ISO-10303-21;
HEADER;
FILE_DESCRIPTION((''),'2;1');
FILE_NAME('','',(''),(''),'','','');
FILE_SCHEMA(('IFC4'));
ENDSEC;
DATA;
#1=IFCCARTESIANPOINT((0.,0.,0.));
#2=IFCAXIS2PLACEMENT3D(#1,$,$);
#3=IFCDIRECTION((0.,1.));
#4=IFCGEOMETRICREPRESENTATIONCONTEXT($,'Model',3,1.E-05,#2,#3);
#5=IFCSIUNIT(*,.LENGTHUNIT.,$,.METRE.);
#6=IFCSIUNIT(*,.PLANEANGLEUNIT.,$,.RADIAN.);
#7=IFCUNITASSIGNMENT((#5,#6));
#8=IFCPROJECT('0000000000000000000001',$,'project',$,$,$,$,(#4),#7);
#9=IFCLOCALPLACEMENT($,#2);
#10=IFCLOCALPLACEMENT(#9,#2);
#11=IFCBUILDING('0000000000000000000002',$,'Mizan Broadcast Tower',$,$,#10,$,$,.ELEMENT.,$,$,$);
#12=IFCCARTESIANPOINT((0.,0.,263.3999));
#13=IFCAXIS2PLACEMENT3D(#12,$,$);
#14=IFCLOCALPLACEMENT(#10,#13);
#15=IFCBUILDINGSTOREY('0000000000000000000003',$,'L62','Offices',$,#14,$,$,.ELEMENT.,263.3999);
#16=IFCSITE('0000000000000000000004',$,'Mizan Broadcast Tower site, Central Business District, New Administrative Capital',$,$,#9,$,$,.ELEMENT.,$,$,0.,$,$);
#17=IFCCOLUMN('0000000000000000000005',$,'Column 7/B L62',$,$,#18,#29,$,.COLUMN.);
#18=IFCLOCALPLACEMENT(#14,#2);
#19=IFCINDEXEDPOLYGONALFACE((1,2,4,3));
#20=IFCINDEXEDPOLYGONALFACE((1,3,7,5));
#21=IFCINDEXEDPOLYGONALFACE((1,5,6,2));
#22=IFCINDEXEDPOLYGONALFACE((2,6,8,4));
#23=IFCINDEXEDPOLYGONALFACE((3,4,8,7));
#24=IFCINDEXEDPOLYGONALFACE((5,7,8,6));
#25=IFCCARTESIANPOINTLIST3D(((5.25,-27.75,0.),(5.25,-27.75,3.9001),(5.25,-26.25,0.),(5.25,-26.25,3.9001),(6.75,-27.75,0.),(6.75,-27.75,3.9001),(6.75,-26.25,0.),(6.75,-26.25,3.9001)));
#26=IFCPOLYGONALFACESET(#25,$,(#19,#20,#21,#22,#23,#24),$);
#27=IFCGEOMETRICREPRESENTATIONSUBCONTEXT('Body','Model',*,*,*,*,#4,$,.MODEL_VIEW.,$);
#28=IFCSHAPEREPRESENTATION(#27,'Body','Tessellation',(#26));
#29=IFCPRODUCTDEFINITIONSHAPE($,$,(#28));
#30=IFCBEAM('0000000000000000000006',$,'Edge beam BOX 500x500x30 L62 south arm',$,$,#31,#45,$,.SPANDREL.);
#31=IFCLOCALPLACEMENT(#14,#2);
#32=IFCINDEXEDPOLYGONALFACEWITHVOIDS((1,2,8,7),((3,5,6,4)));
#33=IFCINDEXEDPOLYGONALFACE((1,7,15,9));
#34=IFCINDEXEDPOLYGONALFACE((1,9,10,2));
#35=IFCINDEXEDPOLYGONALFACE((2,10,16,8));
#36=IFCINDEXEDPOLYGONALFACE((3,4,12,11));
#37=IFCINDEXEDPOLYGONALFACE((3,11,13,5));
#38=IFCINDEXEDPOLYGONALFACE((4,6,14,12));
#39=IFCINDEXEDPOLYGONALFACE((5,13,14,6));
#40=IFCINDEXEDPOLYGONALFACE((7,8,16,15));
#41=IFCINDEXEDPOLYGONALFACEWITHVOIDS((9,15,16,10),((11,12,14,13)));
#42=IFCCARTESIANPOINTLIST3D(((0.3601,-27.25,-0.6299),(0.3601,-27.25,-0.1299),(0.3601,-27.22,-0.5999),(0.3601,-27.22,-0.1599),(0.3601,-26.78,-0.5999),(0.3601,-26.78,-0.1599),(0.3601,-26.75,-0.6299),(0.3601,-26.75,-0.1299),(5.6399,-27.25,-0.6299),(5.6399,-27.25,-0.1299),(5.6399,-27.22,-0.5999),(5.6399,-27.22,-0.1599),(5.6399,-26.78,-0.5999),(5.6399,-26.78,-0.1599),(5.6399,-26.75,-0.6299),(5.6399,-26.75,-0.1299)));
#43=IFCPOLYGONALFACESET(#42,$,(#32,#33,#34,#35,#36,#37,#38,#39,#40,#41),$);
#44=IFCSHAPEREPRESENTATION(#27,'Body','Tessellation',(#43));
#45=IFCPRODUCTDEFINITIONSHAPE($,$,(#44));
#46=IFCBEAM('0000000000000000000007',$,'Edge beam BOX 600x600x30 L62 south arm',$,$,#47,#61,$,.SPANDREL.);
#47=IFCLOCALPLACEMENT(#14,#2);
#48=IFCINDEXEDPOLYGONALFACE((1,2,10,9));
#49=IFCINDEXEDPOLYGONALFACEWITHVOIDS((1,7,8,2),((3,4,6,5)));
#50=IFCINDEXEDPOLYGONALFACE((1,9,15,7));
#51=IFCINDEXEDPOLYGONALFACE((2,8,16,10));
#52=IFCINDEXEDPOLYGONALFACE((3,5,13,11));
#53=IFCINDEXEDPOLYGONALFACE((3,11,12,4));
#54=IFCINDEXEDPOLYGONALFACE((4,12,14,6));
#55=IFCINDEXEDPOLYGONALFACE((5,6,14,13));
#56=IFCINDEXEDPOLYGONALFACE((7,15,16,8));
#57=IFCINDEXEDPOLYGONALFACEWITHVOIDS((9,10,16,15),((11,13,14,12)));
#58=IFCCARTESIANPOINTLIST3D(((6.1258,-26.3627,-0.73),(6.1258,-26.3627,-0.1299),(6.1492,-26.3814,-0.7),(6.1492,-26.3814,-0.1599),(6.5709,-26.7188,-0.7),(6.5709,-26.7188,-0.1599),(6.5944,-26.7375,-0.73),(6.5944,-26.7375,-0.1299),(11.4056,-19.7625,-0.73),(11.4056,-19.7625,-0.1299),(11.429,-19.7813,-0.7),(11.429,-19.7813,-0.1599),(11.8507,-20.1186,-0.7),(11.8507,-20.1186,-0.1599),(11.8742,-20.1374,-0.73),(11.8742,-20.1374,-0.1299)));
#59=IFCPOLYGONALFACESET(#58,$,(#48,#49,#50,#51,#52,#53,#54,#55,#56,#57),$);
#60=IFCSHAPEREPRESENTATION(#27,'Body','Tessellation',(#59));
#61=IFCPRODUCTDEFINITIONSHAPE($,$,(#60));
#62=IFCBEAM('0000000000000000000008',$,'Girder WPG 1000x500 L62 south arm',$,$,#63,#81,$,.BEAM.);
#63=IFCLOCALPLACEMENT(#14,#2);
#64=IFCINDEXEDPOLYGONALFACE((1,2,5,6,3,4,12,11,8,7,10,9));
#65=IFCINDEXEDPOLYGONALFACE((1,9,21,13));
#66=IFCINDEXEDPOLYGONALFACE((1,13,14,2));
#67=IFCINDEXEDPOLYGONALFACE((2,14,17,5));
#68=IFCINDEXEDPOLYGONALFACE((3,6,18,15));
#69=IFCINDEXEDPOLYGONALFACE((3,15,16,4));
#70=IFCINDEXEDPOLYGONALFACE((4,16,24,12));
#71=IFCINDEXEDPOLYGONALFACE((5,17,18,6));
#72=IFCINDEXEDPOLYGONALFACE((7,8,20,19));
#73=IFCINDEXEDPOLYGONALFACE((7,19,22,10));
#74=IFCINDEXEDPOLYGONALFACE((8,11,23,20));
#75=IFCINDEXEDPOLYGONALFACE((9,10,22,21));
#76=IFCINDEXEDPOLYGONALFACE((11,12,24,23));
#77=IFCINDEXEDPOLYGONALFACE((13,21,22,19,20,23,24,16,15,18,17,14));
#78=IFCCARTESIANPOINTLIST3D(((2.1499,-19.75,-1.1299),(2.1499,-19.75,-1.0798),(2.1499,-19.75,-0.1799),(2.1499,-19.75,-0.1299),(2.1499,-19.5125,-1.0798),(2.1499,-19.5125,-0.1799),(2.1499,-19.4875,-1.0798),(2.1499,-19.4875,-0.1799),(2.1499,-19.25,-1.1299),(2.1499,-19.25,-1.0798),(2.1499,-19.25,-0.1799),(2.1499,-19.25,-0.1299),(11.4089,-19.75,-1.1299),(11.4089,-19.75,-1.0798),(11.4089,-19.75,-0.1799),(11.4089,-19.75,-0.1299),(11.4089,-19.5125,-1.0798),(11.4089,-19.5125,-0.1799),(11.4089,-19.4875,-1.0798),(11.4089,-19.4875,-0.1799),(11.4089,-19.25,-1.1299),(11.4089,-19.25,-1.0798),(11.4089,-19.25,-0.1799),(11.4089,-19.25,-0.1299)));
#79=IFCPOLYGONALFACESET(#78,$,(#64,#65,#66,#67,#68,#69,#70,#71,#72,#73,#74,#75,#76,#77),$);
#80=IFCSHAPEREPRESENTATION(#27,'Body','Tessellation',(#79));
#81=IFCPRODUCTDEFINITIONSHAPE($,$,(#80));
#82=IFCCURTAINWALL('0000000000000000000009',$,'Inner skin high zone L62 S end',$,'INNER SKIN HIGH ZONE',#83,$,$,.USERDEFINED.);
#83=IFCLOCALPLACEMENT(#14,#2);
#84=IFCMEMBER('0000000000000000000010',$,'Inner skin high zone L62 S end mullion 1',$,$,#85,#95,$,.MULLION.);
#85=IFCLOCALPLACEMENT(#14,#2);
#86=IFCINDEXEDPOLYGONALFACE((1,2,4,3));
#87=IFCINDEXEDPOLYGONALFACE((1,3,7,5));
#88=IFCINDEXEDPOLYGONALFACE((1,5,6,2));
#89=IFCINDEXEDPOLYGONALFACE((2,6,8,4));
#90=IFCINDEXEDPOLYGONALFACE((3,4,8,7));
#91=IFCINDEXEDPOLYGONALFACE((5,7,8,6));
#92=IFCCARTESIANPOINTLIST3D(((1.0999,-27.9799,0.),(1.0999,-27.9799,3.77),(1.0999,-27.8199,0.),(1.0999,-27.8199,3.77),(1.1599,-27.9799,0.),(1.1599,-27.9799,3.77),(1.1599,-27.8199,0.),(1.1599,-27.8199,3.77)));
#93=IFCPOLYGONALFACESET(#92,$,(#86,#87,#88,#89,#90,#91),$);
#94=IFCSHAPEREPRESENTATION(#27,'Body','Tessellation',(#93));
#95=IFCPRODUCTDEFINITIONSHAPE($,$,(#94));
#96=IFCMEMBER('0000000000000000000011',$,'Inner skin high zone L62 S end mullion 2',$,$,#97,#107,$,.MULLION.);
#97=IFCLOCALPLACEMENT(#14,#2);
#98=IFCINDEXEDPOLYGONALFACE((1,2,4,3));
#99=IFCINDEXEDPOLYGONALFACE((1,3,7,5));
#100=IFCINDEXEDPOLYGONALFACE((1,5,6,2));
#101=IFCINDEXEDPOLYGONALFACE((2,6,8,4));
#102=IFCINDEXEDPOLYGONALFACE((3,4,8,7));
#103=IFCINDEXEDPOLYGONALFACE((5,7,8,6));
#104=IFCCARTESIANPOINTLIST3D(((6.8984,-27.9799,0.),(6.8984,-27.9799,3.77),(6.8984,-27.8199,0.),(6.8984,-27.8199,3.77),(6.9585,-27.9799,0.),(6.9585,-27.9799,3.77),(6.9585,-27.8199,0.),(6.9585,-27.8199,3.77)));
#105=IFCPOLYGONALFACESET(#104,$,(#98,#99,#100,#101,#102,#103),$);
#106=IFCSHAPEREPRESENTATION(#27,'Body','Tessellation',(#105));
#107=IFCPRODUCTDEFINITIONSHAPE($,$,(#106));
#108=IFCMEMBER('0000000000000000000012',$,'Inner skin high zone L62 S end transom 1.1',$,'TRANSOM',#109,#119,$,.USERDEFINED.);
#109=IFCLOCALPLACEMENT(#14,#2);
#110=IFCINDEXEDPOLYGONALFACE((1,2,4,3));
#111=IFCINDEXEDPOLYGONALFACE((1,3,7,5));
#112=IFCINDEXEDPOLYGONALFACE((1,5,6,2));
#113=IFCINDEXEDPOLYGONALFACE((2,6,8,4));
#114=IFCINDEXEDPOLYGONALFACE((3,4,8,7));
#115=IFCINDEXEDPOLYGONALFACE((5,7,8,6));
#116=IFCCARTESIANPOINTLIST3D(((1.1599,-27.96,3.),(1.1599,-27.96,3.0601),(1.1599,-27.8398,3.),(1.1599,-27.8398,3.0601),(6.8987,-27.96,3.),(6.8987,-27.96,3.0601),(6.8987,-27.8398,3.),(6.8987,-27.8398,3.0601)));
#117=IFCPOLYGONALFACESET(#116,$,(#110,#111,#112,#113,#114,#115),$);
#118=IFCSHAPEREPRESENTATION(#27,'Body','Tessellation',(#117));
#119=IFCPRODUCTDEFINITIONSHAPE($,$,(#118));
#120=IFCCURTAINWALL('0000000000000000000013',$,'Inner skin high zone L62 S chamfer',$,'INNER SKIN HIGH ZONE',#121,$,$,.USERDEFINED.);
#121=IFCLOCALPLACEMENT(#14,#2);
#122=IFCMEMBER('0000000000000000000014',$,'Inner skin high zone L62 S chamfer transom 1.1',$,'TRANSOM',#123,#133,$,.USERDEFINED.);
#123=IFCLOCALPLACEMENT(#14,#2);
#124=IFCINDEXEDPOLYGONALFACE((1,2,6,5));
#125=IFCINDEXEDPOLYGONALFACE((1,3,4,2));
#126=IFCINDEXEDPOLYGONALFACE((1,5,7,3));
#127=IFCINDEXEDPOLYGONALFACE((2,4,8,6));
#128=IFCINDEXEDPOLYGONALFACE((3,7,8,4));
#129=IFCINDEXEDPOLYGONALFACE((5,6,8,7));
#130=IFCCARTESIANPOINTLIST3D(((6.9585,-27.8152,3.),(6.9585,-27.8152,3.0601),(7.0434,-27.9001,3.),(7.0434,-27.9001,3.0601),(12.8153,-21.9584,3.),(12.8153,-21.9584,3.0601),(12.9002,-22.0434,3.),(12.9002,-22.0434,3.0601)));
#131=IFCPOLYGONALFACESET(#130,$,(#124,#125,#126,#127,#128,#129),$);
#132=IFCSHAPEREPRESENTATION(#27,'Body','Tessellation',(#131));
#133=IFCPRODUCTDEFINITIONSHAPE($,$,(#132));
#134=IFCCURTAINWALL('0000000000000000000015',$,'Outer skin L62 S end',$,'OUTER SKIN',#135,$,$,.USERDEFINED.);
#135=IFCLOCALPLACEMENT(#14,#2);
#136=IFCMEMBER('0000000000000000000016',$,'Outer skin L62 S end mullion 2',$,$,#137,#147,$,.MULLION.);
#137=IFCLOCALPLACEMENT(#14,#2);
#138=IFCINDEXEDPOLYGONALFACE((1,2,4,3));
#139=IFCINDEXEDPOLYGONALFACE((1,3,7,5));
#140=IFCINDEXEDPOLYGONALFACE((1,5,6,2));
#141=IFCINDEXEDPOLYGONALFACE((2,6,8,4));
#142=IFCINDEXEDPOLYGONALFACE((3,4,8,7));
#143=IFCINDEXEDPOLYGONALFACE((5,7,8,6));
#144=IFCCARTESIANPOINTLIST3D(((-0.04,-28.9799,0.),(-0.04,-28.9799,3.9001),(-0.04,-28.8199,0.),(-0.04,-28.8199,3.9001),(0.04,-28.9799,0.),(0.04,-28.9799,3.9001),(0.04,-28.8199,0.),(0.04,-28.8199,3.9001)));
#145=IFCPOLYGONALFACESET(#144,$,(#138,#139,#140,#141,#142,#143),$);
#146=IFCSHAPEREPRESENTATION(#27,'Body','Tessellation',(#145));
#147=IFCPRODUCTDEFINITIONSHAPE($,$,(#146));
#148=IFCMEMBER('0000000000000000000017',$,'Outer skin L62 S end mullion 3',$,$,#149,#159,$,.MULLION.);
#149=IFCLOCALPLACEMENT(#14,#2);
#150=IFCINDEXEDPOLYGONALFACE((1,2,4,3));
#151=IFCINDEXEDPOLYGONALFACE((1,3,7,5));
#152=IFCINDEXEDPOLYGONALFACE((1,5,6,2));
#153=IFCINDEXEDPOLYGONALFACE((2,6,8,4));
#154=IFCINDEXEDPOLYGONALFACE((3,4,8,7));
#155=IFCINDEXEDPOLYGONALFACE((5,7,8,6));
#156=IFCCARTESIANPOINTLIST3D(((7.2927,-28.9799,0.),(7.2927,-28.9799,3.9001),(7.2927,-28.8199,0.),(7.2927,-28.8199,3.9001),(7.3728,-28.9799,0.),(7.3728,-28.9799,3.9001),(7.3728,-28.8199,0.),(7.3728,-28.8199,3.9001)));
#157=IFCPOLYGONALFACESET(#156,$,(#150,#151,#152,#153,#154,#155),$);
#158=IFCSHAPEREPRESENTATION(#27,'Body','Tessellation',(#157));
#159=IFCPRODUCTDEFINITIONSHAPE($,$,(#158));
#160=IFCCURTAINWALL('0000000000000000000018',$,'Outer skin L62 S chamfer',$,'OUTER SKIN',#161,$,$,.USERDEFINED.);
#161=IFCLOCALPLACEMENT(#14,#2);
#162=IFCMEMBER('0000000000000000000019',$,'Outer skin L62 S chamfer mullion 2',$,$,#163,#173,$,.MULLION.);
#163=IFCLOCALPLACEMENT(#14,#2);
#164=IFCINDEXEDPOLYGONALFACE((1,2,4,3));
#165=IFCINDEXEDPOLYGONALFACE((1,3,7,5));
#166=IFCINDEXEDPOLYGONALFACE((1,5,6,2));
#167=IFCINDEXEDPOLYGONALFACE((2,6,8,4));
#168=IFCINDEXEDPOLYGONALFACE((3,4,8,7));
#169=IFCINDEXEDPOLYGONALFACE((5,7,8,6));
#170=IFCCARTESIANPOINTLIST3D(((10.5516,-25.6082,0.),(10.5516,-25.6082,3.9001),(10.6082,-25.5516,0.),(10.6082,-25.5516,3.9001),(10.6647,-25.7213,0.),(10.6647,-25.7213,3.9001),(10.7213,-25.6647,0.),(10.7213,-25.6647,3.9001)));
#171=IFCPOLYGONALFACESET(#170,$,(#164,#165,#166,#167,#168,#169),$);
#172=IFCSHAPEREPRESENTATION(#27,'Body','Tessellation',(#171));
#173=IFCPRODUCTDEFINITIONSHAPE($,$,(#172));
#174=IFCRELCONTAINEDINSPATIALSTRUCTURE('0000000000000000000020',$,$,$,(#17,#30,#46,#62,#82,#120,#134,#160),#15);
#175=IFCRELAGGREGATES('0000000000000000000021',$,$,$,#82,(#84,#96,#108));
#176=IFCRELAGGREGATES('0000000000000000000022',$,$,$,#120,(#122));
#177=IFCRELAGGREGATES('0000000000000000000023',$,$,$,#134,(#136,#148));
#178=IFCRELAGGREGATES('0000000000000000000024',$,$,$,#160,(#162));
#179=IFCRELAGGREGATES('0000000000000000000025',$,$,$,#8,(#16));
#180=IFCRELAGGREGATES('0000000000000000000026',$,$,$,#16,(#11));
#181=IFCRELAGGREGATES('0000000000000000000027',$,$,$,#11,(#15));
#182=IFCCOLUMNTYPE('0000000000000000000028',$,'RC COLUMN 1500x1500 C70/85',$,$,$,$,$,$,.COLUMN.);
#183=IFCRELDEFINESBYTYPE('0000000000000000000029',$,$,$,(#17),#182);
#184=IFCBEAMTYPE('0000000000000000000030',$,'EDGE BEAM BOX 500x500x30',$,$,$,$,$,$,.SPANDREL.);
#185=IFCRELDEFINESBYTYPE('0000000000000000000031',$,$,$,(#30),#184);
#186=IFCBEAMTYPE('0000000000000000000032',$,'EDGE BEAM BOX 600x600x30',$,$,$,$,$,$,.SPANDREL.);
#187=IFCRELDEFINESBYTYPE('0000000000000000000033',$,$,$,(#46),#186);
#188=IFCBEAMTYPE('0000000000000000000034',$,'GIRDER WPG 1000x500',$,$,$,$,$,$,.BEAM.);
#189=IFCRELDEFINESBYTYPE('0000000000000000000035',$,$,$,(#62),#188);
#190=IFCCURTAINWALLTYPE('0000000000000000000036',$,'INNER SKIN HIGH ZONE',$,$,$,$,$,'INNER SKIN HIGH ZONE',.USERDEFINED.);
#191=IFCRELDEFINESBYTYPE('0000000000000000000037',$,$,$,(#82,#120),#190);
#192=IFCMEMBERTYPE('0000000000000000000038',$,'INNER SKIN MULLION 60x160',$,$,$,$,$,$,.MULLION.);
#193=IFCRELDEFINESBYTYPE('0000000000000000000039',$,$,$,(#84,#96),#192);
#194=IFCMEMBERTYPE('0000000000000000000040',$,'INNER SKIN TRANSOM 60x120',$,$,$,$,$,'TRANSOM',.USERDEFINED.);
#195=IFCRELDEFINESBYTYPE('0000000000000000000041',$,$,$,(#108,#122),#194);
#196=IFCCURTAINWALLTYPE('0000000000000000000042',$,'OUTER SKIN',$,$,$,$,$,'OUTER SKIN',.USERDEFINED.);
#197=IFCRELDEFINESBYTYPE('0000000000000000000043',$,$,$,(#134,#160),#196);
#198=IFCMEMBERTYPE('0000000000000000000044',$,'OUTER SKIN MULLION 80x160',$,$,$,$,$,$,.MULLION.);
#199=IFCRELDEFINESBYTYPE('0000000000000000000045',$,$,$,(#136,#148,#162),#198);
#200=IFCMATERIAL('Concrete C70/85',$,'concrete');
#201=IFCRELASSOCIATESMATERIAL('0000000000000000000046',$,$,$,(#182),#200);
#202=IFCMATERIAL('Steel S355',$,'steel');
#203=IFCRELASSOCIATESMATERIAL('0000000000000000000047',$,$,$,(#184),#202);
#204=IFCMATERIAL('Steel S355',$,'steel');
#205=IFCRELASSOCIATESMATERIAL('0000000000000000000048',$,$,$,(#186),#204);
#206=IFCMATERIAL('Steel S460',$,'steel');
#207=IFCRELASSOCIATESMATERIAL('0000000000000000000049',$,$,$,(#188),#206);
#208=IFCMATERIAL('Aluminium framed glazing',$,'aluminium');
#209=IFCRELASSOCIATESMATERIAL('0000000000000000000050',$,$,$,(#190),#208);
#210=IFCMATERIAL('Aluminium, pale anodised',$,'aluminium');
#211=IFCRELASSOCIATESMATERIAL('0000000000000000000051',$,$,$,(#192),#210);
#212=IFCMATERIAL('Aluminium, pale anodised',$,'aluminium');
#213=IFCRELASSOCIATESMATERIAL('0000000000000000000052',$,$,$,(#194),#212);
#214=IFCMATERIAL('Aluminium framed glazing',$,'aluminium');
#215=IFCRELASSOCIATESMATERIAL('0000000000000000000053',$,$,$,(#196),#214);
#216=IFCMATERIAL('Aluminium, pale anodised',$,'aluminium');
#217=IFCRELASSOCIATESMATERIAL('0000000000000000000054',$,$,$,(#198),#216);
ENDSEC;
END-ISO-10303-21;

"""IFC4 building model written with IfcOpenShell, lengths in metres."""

from ifc_helpers import new_model, si_unit, direction, frame, origin, origin_2d, place, context, subcontext, project, spatial, rectangle, hollow_rectangle, i_section, extrude, material, material_profile, profile_set, type_object, element, aggregate, save


model = new_model("IFC4")

# Units and contexts
model_context = context("Model", 3, precision=1e-05, world=origin(), true_north=direction((0.0, 1.0)))
body_context = subcontext(model_context, "Body", "Model", "MODEL_VIEW")
ifc_project = project(units=[si_unit("LENGTHUNIT", "METRE"), si_unit("PLANEANGLEUNIT", "RADIAN")], contexts=[model_context])

# Site, building, storey
site_placement = place(None, origin())
site = spatial("IfcSite", under=ifc_project, at=site_placement, Name="Mizan Broadcast Tower site, Central Business District, New Administrative Capital", CompositionType="ELEMENT", RefElevation=0.0)
building_placement = place(site_placement, origin())
building = spatial("IfcBuilding", under=site, at=building_placement, Name="Mizan Broadcast Tower", CompositionType="ELEMENT")
storey_placement = place(building_placement, frame((0.0, 0.0, 263.3999)))
storey = spatial("IfcBuildingStorey", under=building, at=storey_placement, Name="L62", Description="Offices", CompositionType="ELEMENT", Elevation=263.3999)

# Column
ifc_material_1 = material(Name="Concrete C70/85", Category="concrete")
ifc_material_profile_1 = material_profile(ifc_material_1, rectangle(XDim=1.5, YDim=1.5, at=origin_2d()), Name="RC 1500x1500")
ifc_profile_set_1 = profile_set([ifc_material_profile_1], Name="Concrete C70/85")
column_type = type_object("IfcColumnType", Name="RC COLUMN 1500x1500 C70/85", PredefinedType="COLUMN", material=ifc_profile_set_1)
column_placement = place(storey_placement, frame((6.0, -27.0, 0.0), z_axis=(0.0, 0.0, 1.0), x_axis=(1.0, 0.0, 0.0)))
element("IfcColumn", 1, at=column_placement, inside=storey, type_object=column_type, Name="Column 7/B L62", PredefinedType="COLUMN", context=body_context, shape_type="SweptSolid", body=[
    extrude(rectangle(XDim=1.5, YDim=1.5, at=origin_2d()), origin(), (0.0, 0.0, 1.0), 3.9001),
])

# Beams
ifc_material_2 = material(Name="Steel S355", Category="steel")
ifc_material_profile_2 = material_profile(ifc_material_2, hollow_rectangle(XDim=0.5, YDim=0.5, WallThickness=0.03, at=origin_2d()), Name="BOX 500x500x30")
ifc_profile_set_2 = profile_set([ifc_material_profile_2], Name="Steel S355")
beam_type_1 = type_object("IfcBeamType", Name="EDGE BEAM BOX 500x500x30", PredefinedType="SPANDREL", material=ifc_profile_set_2)
beam_1_placement = place(storey_placement, frame((5.6399, -27.0, -0.3799), z_axis=(-1.0, 0.0, 0.0), x_axis=(0.0, -1.0, 0.0)))
element("IfcBeam", 2, at=beam_1_placement, inside=storey, type_object=beam_type_1, Name="Edge beam BOX 500x500x30 L62 south arm", PredefinedType="SPANDREL", context=body_context, shape_type="SweptSolid", body=[
    extrude(hollow_rectangle(XDim=0.5, YDim=0.5, WallThickness=0.03, at=origin_2d()), origin(), (0.0, 0.0, 1.0), 5.2798),
])
ifc_material_3 = material(Name="Steel S355", Category="steel")
ifc_material_profile_3 = material_profile(ifc_material_3, hollow_rectangle(XDim=0.6001, YDim=0.6001, WallThickness=0.03, at=origin_2d()), Name="BOX 600x600x30")
ifc_profile_set_3 = profile_set([ifc_material_profile_3], Name="Steel S355")
beam_type_2 = type_object("IfcBeamType", Name="EDGE BEAM BOX 600x600x30", PredefinedType="SPANDREL", material=ifc_profile_set_3)
beam_2_placement = place(storey_placement, frame((11.6399, -19.95, -0.4299), z_axis=(-0.624674, -0.780886, 0.0), x_axis=(0.780886, -0.624674, 0.0)))
element("IfcBeam", 3, at=beam_2_placement, inside=storey, type_object=beam_type_2, Name="Edge beam BOX 600x600x30 L62 south arm", PredefinedType="SPANDREL", context=body_context, shape_type="SweptSolid", body=[
    extrude(hollow_rectangle(XDim=0.6001, YDim=0.6001, WallThickness=0.03, at=origin_2d()), origin(), (0.0, 0.0, 1.0), 8.4521),
])
ifc_material_4 = material(Name="Steel S460", Category="steel")
ifc_material_profile_4 = material_profile(ifc_material_4, i_section(OverallWidth=0.5, OverallDepth=1.0, WebThickness=0.0249, FlangeThickness=0.05, at=origin_2d()), Name="WPG 1000x500")
ifc_profile_set_4 = profile_set([ifc_material_profile_4], Name="Steel S460")
beam_type_3 = type_object("IfcBeamType", Name="GIRDER WPG 1000x500", PredefinedType="BEAM", material=ifc_profile_set_4)
beam_3_placement = place(storey_placement, frame((11.4089, -19.5, -0.6299), z_axis=(-1.0, 0.0, 0.0), x_axis=(0.0, -1.0, 0.0)))
element("IfcBeam", 4, at=beam_3_placement, inside=storey, type_object=beam_type_3, Name="Girder WPG 1000x500 L62 south arm", PredefinedType="BEAM", context=body_context, shape_type="SweptSolid", body=[
    extrude(i_section(OverallWidth=0.5, OverallDepth=1.0, WebThickness=0.0249, FlangeThickness=0.05, at=origin_2d()), origin(), (0.0, 0.0, 1.0), 9.259),
])

# Curtain wall, members
ifc_material_5 = material(Name="Aluminium framed glazing", Category="aluminium")
curtain_wall_type_1 = type_object("IfcCurtainWallType", Name="INNER SKIN HIGH ZONE", ElementType="INNER SKIN HIGH ZONE", PredefinedType="USERDEFINED", material=ifc_material_5)
curtain_wall_1_placement = place(storey_placement, origin())
curtain_wall_1 = element("IfcCurtainWall", 5, at=curtain_wall_1_placement, inside=storey, type_object=curtain_wall_type_1, Name="Inner skin high zone L62 S end", ObjectType="INNER SKIN HIGH ZONE", PredefinedType="USERDEFINED")
ifc_material_6 = material(Name="Aluminium, pale anodised", Category="aluminium")
ifc_material_profile_5 = material_profile(ifc_material_6, rectangle(XDim=0.1599, YDim=0.0601, at=origin_2d()), Name="MULLION 160x60")
ifc_profile_set_5 = profile_set([ifc_material_profile_5], Name="Aluminium, pale anodised")
member_type_1 = type_object("IfcMemberType", Name="INNER SKIN MULLION 60x160", PredefinedType="MULLION", material=ifc_profile_set_5)
member_1_placement = place(storey_placement, frame((1.1299, -27.8999, 0.0), z_axis=(0.0, 0.0, 1.0), x_axis=(0.0, 1.0, 0.0)))
member_1 = element("IfcMember", 6, at=member_1_placement, type_object=member_type_1, Name="Inner skin high zone L62 S end mullion 1", PredefinedType="MULLION", context=body_context, shape_type="SweptSolid", body=[
    extrude(rectangle(XDim=0.1599, YDim=0.0601, at=origin_2d()), origin(), (0.0, 0.0, 1.0), 3.77),
])
member_2_placement = place(storey_placement, frame((6.9285, -27.8999, 0.0), z_axis=(0.0, 0.0, 1.0), x_axis=(0.0, 1.0, 0.0)))
member_2 = element("IfcMember", 7, at=member_2_placement, type_object=member_type_1, Name="Inner skin high zone L62 S end mullion 2", PredefinedType="MULLION", context=body_context, shape_type="SweptSolid", body=[
    extrude(rectangle(XDim=0.1599, YDim=0.0601, at=origin_2d()), origin(), (0.0, 0.0, 1.0), 3.77),
])
ifc_material_7 = material(Name="Aluminium, pale anodised", Category="aluminium")
ifc_material_profile_6 = material_profile(ifc_material_7, rectangle(XDim=0.1201, YDim=0.0601, at=origin_2d()), Name="TRANSOM 120x60")
ifc_profile_set_6 = profile_set([ifc_material_profile_6], Name="Aluminium, pale anodised")
member_type_2 = type_object("IfcMemberType", Name="INNER SKIN TRANSOM 60x120", ElementType="TRANSOM", PredefinedType="USERDEFINED", material=ifc_profile_set_6)
member_3_placement = place(storey_placement, frame((1.1599, -27.8999, 3.03), z_axis=(1.0, 0.0, 0.0), x_axis=(0.0, 1.0, 0.0)))
member_3 = element("IfcMember", 8, at=member_3_placement, type_object=member_type_2, Name="Inner skin high zone L62 S end transom 1.1", ObjectType="TRANSOM", PredefinedType="USERDEFINED", context=body_context, shape_type="SweptSolid", body=[
    extrude(rectangle(XDim=0.1201, YDim=0.0601, at=origin_2d()), origin(), (0.0, 0.0, 1.0), 5.7388),
])

# Curtain wall, member
curtain_wall_2_placement = place(storey_placement, origin())
curtain_wall_2 = element("IfcCurtainWall", 9, at=curtain_wall_2_placement, inside=storey, type_object=curtain_wall_type_1, Name="Inner skin high zone L62 S chamfer", ObjectType="INNER SKIN HIGH ZONE", PredefinedType="USERDEFINED")
member_4_placement = place(storey_placement, frame((7.001, -27.8577, 3.03), z_axis=(0.707107, 0.707107, 0.0), x_axis=(-0.707107, 0.707107, 0.0)))
member_4 = element("IfcMember", 10, at=member_4_placement, type_object=member_type_2, Name="Inner skin high zone L62 S chamfer transom 1.1", ObjectType="TRANSOM", PredefinedType="USERDEFINED", context=body_context, shape_type="SweptSolid", body=[
    extrude(rectangle(XDim=0.1201, YDim=0.0601, at=origin_2d()), origin(), (0.0, 0.0, 1.0), 8.2827),
])

# Curtain wall, members
ifc_material_8 = material(Name="Aluminium framed glazing", Category="aluminium")
curtain_wall_type_2 = type_object("IfcCurtainWallType", Name="OUTER SKIN", ElementType="OUTER SKIN", PredefinedType="USERDEFINED", material=ifc_material_8)
curtain_wall_3_placement = place(storey_placement, origin())
curtain_wall_3 = element("IfcCurtainWall", 11, at=curtain_wall_3_placement, inside=storey, type_object=curtain_wall_type_2, Name="Outer skin L62 S end", ObjectType="OUTER SKIN", PredefinedType="USERDEFINED")
ifc_material_9 = material(Name="Aluminium, pale anodised", Category="aluminium")
ifc_material_profile_7 = material_profile(ifc_material_9, rectangle(XDim=0.1599, YDim=0.0801, at=origin_2d()), Name="MULLION 160x80")
ifc_profile_set_7 = profile_set([ifc_material_profile_7], Name="Aluminium, pale anodised")
member_type_3 = type_object("IfcMemberType", Name="OUTER SKIN MULLION 80x160", PredefinedType="MULLION", material=ifc_profile_set_7)
member_5_placement = place(storey_placement, frame((0.0, -28.8999, 0.0), z_axis=(0.0, 0.0, 1.0), x_axis=(0.0, 1.0, 0.0)))
member_5 = element("IfcMember", 12, at=member_5_placement, type_object=member_type_3, Name="Outer skin L62 S end mullion 2", PredefinedType="MULLION", context=body_context, shape_type="SweptSolid", body=[
    extrude(rectangle(XDim=0.1599, YDim=0.0801, at=origin_2d()), origin(), (0.0, 0.0, 1.0), 3.9001),
])
member_6_placement = place(storey_placement, frame((7.3328, -28.8999, 0.0), z_axis=(0.0, 0.0, 1.0), x_axis=(0.0, 1.0, 0.0)))
member_6 = element("IfcMember", 13, at=member_6_placement, type_object=member_type_3, Name="Outer skin L62 S end mullion 3", PredefinedType="MULLION", context=body_context, shape_type="SweptSolid", body=[
    extrude(rectangle(XDim=0.1599, YDim=0.0801, at=origin_2d()), origin(), (0.0, 0.0, 1.0), 3.9001),
])

# Curtain wall, member
curtain_wall_4_placement = place(storey_placement, origin())
curtain_wall_4 = element("IfcCurtainWall", 14, at=curtain_wall_4_placement, inside=storey, type_object=curtain_wall_type_2, Name="Outer skin L62 S chamfer", ObjectType="OUTER SKIN", PredefinedType="USERDEFINED")
member_7_placement = place(storey_placement, frame((10.6365, -25.6365, 0.0), z_axis=(0.0, 0.0, 1.0), x_axis=(-0.707107, 0.707107, 0.0)))
member_7 = element("IfcMember", 15, at=member_7_placement, type_object=member_type_3, Name="Outer skin L62 S chamfer mullion 2", PredefinedType="MULLION", context=body_context, shape_type="SweptSolid", body=[
    extrude(rectangle(XDim=0.1599, YDim=0.0801, at=origin_2d()), origin(), (0.0, 0.0, 1.0), 3.9001),
])

aggregate(curtain_wall_1, [member_1, member_2, member_3])
aggregate(curtain_wall_2, [member_4])
aggregate(curtain_wall_3, [member_5, member_6])
aggregate(curtain_wall_4, [member_7])

save(model, "model.ifc")
